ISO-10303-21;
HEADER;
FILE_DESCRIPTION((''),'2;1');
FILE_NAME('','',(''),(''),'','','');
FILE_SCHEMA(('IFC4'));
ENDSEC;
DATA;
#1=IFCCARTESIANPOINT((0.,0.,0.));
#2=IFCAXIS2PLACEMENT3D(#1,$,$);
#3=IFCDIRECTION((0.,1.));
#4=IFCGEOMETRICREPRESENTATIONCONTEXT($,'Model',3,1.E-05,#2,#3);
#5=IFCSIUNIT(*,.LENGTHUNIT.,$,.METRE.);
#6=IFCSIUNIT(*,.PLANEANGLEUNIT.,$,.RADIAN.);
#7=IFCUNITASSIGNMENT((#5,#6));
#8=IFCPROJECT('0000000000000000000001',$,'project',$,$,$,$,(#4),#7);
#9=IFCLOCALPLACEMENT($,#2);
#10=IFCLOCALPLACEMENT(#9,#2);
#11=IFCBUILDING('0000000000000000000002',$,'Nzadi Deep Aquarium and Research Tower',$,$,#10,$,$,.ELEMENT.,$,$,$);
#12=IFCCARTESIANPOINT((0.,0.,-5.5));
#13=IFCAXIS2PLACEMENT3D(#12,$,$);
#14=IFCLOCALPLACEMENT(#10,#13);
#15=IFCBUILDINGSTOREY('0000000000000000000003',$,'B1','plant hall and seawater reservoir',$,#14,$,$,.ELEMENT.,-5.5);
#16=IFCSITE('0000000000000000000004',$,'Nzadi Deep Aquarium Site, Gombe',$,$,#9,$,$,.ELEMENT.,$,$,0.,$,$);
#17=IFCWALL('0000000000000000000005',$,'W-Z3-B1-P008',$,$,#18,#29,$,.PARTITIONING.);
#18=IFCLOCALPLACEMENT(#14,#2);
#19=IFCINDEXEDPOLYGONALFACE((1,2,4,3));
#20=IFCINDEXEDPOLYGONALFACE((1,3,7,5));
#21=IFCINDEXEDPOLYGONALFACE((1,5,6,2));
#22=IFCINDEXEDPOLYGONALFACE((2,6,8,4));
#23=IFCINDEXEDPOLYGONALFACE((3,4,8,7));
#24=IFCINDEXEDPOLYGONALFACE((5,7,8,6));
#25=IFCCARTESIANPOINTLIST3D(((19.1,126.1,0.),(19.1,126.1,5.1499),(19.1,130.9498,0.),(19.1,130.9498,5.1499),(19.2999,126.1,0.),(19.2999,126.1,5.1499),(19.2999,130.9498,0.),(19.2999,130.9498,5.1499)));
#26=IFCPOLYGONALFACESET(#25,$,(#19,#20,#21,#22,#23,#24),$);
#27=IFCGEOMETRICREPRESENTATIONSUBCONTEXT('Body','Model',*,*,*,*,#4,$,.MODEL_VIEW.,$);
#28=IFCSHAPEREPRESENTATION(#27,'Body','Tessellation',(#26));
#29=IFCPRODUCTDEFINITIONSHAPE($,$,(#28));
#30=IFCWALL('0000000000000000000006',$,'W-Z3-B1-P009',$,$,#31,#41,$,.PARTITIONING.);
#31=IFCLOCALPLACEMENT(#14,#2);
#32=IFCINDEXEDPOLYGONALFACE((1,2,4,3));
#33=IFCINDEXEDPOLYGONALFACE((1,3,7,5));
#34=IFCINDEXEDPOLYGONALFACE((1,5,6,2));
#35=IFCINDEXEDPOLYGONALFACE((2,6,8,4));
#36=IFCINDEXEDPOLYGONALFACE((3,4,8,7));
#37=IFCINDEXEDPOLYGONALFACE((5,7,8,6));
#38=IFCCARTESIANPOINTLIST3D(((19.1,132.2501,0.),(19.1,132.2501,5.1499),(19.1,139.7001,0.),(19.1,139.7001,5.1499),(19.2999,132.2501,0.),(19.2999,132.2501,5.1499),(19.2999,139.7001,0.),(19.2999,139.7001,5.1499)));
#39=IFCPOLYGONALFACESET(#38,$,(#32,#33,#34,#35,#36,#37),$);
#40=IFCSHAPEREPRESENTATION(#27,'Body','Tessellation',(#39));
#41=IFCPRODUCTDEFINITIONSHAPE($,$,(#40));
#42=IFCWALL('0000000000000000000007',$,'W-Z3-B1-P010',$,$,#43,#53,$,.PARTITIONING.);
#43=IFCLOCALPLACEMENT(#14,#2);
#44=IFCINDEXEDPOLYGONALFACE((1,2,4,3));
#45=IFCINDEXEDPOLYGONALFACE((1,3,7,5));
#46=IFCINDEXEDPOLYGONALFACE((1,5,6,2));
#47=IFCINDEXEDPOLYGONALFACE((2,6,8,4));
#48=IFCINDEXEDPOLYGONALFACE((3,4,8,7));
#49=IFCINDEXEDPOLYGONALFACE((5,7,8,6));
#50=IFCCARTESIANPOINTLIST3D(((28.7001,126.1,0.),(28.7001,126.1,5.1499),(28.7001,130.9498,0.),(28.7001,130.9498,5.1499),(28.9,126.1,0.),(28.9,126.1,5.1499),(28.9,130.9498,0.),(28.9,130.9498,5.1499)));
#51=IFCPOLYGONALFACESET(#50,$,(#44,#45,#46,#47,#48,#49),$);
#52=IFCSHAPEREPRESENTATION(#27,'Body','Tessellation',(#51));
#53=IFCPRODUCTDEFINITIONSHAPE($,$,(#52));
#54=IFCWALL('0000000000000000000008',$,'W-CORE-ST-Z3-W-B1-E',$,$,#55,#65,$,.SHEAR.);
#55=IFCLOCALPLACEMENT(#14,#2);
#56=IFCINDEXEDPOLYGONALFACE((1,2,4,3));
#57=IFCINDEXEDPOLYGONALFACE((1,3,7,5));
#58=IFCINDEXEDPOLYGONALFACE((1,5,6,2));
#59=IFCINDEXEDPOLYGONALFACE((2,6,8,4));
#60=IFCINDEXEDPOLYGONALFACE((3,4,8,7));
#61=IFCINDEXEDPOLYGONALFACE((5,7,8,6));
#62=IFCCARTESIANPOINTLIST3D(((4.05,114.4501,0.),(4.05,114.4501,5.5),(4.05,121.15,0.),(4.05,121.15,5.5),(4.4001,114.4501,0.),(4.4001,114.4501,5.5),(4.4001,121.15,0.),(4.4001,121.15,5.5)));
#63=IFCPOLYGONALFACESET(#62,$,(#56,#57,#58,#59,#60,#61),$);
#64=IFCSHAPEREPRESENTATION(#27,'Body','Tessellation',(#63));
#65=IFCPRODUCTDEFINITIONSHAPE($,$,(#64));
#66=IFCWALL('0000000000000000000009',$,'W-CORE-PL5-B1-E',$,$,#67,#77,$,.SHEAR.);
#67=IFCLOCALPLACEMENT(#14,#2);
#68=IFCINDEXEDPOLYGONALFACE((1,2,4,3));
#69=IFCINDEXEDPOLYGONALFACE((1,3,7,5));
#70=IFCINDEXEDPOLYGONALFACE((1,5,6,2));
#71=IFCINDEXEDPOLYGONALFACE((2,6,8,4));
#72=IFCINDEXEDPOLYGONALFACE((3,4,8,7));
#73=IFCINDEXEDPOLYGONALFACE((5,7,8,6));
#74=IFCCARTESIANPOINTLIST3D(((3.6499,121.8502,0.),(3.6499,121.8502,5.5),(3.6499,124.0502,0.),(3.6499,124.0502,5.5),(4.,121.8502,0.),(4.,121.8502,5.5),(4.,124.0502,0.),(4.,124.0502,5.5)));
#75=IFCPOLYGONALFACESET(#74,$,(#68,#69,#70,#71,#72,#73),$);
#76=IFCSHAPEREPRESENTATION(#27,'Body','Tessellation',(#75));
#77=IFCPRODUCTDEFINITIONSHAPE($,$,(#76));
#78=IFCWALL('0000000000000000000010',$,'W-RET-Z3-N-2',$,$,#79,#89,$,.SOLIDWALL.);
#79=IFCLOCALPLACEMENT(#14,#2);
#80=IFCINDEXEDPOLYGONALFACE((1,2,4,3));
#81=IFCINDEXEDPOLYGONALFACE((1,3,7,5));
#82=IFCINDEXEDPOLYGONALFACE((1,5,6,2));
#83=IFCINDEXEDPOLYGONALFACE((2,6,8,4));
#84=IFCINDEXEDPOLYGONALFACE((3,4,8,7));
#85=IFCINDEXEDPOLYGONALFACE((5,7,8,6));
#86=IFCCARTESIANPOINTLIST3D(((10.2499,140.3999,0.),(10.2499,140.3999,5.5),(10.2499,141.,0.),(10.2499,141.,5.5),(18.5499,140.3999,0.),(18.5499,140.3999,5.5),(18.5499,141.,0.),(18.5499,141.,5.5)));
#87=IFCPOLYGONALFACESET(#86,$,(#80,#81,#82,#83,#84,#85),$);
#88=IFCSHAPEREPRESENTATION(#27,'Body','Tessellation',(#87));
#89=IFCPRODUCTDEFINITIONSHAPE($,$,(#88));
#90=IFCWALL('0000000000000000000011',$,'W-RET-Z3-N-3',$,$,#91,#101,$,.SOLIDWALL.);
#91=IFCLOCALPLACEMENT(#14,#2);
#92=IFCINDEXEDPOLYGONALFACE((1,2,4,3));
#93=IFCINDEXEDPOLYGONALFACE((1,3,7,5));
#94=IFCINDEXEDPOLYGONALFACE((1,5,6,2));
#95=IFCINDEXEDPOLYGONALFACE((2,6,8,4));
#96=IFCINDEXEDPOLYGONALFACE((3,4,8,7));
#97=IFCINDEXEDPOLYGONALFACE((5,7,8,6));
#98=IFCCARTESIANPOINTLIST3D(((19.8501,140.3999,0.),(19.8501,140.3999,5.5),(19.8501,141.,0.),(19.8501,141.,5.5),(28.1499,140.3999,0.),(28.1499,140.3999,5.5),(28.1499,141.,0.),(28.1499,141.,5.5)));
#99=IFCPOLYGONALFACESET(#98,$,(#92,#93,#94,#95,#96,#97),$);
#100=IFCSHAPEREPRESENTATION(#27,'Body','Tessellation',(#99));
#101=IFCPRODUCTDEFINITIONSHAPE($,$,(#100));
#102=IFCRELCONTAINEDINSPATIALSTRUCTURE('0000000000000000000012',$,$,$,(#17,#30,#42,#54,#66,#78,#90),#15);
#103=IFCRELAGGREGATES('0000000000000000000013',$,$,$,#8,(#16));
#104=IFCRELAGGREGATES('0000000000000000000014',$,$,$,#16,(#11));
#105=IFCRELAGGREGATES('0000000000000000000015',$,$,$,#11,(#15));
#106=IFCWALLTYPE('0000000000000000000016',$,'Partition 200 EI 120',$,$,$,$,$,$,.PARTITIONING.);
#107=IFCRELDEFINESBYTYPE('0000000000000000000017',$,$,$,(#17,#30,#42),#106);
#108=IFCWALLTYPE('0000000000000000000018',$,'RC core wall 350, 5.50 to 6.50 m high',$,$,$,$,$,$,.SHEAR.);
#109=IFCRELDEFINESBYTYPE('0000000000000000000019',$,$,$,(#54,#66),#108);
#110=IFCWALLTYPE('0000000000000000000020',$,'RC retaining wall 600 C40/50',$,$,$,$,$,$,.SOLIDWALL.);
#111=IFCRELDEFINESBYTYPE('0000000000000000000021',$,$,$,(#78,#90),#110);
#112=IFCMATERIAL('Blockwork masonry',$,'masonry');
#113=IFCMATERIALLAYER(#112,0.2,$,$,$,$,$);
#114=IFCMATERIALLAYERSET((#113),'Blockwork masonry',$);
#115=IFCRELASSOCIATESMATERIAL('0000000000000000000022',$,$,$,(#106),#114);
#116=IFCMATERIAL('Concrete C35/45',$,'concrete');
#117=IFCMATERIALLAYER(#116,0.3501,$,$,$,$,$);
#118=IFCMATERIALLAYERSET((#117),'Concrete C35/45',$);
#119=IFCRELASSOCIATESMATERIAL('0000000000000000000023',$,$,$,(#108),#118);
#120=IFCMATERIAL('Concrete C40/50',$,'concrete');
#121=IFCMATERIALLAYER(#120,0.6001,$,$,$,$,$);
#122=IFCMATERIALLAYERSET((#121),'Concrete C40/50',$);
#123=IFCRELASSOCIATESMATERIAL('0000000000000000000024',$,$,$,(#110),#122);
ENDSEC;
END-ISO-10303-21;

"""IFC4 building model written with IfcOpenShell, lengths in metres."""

from ifc_helpers import new_model, si_unit, direction, frame, frame_2d, origin, place, context, subcontext, project, spatial, rectangle, extrude, material, layer, layer_set, type_object, element, save


model = new_model("IFC4")

# Units and contexts
model_context = context("Model", 3, precision=1e-05, world=origin(), true_north=direction((0.0, 1.0)))
body_context = subcontext(model_context, "Body", "Model", "MODEL_VIEW")
ifc_project = project(units=[si_unit("LENGTHUNIT", "METRE"), si_unit("PLANEANGLEUNIT", "RADIAN")], contexts=[model_context])

# Site, building, storey
site_placement = place(None, origin())
site = spatial("IfcSite", under=ifc_project, at=site_placement, Name="Nzadi Deep Aquarium Site, Gombe", CompositionType="ELEMENT", RefElevation=0.0)
building_placement = place(site_placement, origin())
building = spatial("IfcBuilding", under=site, at=building_placement, Name="Nzadi Deep Aquarium and Research Tower", CompositionType="ELEMENT")
storey_placement = place(building_placement, frame((0.0, 0.0, -5.5)))
storey = spatial("IfcBuildingStorey", under=building, at=storey_placement, Name="B1", Description="plant hall and seawater reservoir", CompositionType="ELEMENT", Elevation=-5.5)

# Shared definitions
ifc_material_1 = material(Name="Blockwork masonry", Category="masonry")
ifc_layer_1 = layer(ifc_material_1, 0.2)
ifc_layer_set_1 = layer_set([ifc_layer_1], Name="Blockwork masonry")
wall_type_1 = type_object("IfcWallType", Name="Partition 200 EI 120", PredefinedType="PARTITIONING", material=ifc_layer_set_1)

# Walls
wall_1_placement = place(storey_placement, frame((19.2, 126.1001, 0.0), z_axis=(0.0, 0.0, 1.0), x_axis=(0.0, 1.0, 0.0)))
element("IfcWall", 1, at=wall_1_placement, inside=storey, type_object=wall_type_1, Name="W-Z3-B1-P008", PredefinedType="PARTITIONING", context=body_context, shape_type="SweptSolid", body=[
    extrude(rectangle(XDim=4.8499, YDim=0.2, at=frame_2d((2.4248, 0.0))), origin(), (0.0, 0.0, 1.0), 5.1499),
])
wall_2_placement = place(storey_placement, frame((19.2, 132.25, 0.0), z_axis=(0.0, 0.0, 1.0), x_axis=(0.0, 1.0, 0.0)))
element("IfcWall", 2, at=wall_2_placement, inside=storey, type_object=wall_type_1, Name="W-Z3-B1-P009", PredefinedType="PARTITIONING", context=body_context, shape_type="SweptSolid", body=[
    extrude(rectangle(XDim=7.45, YDim=0.2, at=frame_2d((3.7251, 0.0))), origin(), (0.0, 0.0, 1.0), 5.1499),
])
wall_3_placement = place(storey_placement, frame((28.8, 126.1001, 0.0), z_axis=(0.0, 0.0, 1.0), x_axis=(0.0, 1.0, 0.0)))
element("IfcWall", 3, at=wall_3_placement, inside=storey, type_object=wall_type_1, Name="W-Z3-B1-P010", PredefinedType="PARTITIONING", context=body_context, shape_type="SweptSolid", body=[
    extrude(rectangle(XDim=4.8499, YDim=0.2, at=frame_2d((2.4248, 0.0))), origin(), (0.0, 0.0, 1.0), 5.1499),
])
ifc_material_2 = material(Name="Concrete C35/45", Category="concrete")
ifc_layer_2 = layer(ifc_material_2, 0.3501)
ifc_layer_set_2 = layer_set([ifc_layer_2], Name="Concrete C35/45")
wall_type_2 = type_object("IfcWallType", Name="RC core wall 350, 5.50 to 6.50 m high", PredefinedType="SHEAR", material=ifc_layer_set_2)
wall_4_placement = place(storey_placement, frame((4.2251, 114.45, 0.0), z_axis=(0.0, 0.0, 1.0), x_axis=(0.0, 1.0, 0.0)))
element("IfcWall", 4, at=wall_4_placement, inside=storey, type_object=wall_type_2, Name="W-CORE-ST-Z3-W-B1-E", PredefinedType="SHEAR", context=body_context, shape_type="SweptSolid", body=[
    extrude(rectangle(XDim=6.7, YDim=0.3501, at=frame_2d((3.3501, 0.0))), origin(), (0.0, 0.0, 1.0), 5.5),
])
wall_5_placement = place(storey_placement, frame((3.825, 121.8501, 0.0), z_axis=(0.0, 0.0, 1.0), x_axis=(0.0, 1.0, 0.0)))
element("IfcWall", 5, at=wall_5_placement, inside=storey, type_object=wall_type_2, Name="W-CORE-PL5-B1-E", PredefinedType="SHEAR", context=body_context, shape_type="SweptSolid", body=[
    extrude(rectangle(XDim=2.2, YDim=0.3501, at=frame_2d((1.1001, 0.0))), origin(), (0.0, 0.0, 1.0), 5.5),
])
ifc_material_3 = material(Name="Concrete C40/50", Category="concrete")
ifc_layer_3 = layer(ifc_material_3, 0.6001)
ifc_layer_set_3 = layer_set([ifc_layer_3], Name="Concrete C40/50")
wall_type_3 = type_object("IfcWallType", Name="RC retaining wall 600 C40/50", PredefinedType="SOLIDWALL", material=ifc_layer_set_3)
wall_6_placement = place(storey_placement, frame((10.25, 140.7, 0.0), z_axis=(0.0, 0.0, 1.0), x_axis=(1.0, 0.0, 0.0)))
element("IfcWall", 6, at=wall_6_placement, inside=storey, type_object=wall_type_3, Name="W-RET-Z3-N-2", PredefinedType="SOLIDWALL", context=body_context, shape_type="SweptSolid", body=[
    extrude(rectangle(XDim=8.3, YDim=0.6001, at=frame_2d((4.1499, 0.0))), origin(), (0.0, 0.0, 1.0), 5.5),
])
wall_7_placement = place(storey_placement, frame((19.8501, 140.7, 0.0), z_axis=(0.0, 0.0, 1.0), x_axis=(1.0, 0.0, 0.0)))
element("IfcWall", 7, at=wall_7_placement, inside=storey, type_object=wall_type_3, Name="W-RET-Z3-N-3", PredefinedType="SOLIDWALL", context=body_context, shape_type="SweptSolid", body=[
    extrude(rectangle(XDim=8.2998, YDim=0.6001, at=frame_2d((4.1499, 0.0))), origin(), (0.0, 0.0, 1.0), 5.5),
])

save(model, "model.ifc")
